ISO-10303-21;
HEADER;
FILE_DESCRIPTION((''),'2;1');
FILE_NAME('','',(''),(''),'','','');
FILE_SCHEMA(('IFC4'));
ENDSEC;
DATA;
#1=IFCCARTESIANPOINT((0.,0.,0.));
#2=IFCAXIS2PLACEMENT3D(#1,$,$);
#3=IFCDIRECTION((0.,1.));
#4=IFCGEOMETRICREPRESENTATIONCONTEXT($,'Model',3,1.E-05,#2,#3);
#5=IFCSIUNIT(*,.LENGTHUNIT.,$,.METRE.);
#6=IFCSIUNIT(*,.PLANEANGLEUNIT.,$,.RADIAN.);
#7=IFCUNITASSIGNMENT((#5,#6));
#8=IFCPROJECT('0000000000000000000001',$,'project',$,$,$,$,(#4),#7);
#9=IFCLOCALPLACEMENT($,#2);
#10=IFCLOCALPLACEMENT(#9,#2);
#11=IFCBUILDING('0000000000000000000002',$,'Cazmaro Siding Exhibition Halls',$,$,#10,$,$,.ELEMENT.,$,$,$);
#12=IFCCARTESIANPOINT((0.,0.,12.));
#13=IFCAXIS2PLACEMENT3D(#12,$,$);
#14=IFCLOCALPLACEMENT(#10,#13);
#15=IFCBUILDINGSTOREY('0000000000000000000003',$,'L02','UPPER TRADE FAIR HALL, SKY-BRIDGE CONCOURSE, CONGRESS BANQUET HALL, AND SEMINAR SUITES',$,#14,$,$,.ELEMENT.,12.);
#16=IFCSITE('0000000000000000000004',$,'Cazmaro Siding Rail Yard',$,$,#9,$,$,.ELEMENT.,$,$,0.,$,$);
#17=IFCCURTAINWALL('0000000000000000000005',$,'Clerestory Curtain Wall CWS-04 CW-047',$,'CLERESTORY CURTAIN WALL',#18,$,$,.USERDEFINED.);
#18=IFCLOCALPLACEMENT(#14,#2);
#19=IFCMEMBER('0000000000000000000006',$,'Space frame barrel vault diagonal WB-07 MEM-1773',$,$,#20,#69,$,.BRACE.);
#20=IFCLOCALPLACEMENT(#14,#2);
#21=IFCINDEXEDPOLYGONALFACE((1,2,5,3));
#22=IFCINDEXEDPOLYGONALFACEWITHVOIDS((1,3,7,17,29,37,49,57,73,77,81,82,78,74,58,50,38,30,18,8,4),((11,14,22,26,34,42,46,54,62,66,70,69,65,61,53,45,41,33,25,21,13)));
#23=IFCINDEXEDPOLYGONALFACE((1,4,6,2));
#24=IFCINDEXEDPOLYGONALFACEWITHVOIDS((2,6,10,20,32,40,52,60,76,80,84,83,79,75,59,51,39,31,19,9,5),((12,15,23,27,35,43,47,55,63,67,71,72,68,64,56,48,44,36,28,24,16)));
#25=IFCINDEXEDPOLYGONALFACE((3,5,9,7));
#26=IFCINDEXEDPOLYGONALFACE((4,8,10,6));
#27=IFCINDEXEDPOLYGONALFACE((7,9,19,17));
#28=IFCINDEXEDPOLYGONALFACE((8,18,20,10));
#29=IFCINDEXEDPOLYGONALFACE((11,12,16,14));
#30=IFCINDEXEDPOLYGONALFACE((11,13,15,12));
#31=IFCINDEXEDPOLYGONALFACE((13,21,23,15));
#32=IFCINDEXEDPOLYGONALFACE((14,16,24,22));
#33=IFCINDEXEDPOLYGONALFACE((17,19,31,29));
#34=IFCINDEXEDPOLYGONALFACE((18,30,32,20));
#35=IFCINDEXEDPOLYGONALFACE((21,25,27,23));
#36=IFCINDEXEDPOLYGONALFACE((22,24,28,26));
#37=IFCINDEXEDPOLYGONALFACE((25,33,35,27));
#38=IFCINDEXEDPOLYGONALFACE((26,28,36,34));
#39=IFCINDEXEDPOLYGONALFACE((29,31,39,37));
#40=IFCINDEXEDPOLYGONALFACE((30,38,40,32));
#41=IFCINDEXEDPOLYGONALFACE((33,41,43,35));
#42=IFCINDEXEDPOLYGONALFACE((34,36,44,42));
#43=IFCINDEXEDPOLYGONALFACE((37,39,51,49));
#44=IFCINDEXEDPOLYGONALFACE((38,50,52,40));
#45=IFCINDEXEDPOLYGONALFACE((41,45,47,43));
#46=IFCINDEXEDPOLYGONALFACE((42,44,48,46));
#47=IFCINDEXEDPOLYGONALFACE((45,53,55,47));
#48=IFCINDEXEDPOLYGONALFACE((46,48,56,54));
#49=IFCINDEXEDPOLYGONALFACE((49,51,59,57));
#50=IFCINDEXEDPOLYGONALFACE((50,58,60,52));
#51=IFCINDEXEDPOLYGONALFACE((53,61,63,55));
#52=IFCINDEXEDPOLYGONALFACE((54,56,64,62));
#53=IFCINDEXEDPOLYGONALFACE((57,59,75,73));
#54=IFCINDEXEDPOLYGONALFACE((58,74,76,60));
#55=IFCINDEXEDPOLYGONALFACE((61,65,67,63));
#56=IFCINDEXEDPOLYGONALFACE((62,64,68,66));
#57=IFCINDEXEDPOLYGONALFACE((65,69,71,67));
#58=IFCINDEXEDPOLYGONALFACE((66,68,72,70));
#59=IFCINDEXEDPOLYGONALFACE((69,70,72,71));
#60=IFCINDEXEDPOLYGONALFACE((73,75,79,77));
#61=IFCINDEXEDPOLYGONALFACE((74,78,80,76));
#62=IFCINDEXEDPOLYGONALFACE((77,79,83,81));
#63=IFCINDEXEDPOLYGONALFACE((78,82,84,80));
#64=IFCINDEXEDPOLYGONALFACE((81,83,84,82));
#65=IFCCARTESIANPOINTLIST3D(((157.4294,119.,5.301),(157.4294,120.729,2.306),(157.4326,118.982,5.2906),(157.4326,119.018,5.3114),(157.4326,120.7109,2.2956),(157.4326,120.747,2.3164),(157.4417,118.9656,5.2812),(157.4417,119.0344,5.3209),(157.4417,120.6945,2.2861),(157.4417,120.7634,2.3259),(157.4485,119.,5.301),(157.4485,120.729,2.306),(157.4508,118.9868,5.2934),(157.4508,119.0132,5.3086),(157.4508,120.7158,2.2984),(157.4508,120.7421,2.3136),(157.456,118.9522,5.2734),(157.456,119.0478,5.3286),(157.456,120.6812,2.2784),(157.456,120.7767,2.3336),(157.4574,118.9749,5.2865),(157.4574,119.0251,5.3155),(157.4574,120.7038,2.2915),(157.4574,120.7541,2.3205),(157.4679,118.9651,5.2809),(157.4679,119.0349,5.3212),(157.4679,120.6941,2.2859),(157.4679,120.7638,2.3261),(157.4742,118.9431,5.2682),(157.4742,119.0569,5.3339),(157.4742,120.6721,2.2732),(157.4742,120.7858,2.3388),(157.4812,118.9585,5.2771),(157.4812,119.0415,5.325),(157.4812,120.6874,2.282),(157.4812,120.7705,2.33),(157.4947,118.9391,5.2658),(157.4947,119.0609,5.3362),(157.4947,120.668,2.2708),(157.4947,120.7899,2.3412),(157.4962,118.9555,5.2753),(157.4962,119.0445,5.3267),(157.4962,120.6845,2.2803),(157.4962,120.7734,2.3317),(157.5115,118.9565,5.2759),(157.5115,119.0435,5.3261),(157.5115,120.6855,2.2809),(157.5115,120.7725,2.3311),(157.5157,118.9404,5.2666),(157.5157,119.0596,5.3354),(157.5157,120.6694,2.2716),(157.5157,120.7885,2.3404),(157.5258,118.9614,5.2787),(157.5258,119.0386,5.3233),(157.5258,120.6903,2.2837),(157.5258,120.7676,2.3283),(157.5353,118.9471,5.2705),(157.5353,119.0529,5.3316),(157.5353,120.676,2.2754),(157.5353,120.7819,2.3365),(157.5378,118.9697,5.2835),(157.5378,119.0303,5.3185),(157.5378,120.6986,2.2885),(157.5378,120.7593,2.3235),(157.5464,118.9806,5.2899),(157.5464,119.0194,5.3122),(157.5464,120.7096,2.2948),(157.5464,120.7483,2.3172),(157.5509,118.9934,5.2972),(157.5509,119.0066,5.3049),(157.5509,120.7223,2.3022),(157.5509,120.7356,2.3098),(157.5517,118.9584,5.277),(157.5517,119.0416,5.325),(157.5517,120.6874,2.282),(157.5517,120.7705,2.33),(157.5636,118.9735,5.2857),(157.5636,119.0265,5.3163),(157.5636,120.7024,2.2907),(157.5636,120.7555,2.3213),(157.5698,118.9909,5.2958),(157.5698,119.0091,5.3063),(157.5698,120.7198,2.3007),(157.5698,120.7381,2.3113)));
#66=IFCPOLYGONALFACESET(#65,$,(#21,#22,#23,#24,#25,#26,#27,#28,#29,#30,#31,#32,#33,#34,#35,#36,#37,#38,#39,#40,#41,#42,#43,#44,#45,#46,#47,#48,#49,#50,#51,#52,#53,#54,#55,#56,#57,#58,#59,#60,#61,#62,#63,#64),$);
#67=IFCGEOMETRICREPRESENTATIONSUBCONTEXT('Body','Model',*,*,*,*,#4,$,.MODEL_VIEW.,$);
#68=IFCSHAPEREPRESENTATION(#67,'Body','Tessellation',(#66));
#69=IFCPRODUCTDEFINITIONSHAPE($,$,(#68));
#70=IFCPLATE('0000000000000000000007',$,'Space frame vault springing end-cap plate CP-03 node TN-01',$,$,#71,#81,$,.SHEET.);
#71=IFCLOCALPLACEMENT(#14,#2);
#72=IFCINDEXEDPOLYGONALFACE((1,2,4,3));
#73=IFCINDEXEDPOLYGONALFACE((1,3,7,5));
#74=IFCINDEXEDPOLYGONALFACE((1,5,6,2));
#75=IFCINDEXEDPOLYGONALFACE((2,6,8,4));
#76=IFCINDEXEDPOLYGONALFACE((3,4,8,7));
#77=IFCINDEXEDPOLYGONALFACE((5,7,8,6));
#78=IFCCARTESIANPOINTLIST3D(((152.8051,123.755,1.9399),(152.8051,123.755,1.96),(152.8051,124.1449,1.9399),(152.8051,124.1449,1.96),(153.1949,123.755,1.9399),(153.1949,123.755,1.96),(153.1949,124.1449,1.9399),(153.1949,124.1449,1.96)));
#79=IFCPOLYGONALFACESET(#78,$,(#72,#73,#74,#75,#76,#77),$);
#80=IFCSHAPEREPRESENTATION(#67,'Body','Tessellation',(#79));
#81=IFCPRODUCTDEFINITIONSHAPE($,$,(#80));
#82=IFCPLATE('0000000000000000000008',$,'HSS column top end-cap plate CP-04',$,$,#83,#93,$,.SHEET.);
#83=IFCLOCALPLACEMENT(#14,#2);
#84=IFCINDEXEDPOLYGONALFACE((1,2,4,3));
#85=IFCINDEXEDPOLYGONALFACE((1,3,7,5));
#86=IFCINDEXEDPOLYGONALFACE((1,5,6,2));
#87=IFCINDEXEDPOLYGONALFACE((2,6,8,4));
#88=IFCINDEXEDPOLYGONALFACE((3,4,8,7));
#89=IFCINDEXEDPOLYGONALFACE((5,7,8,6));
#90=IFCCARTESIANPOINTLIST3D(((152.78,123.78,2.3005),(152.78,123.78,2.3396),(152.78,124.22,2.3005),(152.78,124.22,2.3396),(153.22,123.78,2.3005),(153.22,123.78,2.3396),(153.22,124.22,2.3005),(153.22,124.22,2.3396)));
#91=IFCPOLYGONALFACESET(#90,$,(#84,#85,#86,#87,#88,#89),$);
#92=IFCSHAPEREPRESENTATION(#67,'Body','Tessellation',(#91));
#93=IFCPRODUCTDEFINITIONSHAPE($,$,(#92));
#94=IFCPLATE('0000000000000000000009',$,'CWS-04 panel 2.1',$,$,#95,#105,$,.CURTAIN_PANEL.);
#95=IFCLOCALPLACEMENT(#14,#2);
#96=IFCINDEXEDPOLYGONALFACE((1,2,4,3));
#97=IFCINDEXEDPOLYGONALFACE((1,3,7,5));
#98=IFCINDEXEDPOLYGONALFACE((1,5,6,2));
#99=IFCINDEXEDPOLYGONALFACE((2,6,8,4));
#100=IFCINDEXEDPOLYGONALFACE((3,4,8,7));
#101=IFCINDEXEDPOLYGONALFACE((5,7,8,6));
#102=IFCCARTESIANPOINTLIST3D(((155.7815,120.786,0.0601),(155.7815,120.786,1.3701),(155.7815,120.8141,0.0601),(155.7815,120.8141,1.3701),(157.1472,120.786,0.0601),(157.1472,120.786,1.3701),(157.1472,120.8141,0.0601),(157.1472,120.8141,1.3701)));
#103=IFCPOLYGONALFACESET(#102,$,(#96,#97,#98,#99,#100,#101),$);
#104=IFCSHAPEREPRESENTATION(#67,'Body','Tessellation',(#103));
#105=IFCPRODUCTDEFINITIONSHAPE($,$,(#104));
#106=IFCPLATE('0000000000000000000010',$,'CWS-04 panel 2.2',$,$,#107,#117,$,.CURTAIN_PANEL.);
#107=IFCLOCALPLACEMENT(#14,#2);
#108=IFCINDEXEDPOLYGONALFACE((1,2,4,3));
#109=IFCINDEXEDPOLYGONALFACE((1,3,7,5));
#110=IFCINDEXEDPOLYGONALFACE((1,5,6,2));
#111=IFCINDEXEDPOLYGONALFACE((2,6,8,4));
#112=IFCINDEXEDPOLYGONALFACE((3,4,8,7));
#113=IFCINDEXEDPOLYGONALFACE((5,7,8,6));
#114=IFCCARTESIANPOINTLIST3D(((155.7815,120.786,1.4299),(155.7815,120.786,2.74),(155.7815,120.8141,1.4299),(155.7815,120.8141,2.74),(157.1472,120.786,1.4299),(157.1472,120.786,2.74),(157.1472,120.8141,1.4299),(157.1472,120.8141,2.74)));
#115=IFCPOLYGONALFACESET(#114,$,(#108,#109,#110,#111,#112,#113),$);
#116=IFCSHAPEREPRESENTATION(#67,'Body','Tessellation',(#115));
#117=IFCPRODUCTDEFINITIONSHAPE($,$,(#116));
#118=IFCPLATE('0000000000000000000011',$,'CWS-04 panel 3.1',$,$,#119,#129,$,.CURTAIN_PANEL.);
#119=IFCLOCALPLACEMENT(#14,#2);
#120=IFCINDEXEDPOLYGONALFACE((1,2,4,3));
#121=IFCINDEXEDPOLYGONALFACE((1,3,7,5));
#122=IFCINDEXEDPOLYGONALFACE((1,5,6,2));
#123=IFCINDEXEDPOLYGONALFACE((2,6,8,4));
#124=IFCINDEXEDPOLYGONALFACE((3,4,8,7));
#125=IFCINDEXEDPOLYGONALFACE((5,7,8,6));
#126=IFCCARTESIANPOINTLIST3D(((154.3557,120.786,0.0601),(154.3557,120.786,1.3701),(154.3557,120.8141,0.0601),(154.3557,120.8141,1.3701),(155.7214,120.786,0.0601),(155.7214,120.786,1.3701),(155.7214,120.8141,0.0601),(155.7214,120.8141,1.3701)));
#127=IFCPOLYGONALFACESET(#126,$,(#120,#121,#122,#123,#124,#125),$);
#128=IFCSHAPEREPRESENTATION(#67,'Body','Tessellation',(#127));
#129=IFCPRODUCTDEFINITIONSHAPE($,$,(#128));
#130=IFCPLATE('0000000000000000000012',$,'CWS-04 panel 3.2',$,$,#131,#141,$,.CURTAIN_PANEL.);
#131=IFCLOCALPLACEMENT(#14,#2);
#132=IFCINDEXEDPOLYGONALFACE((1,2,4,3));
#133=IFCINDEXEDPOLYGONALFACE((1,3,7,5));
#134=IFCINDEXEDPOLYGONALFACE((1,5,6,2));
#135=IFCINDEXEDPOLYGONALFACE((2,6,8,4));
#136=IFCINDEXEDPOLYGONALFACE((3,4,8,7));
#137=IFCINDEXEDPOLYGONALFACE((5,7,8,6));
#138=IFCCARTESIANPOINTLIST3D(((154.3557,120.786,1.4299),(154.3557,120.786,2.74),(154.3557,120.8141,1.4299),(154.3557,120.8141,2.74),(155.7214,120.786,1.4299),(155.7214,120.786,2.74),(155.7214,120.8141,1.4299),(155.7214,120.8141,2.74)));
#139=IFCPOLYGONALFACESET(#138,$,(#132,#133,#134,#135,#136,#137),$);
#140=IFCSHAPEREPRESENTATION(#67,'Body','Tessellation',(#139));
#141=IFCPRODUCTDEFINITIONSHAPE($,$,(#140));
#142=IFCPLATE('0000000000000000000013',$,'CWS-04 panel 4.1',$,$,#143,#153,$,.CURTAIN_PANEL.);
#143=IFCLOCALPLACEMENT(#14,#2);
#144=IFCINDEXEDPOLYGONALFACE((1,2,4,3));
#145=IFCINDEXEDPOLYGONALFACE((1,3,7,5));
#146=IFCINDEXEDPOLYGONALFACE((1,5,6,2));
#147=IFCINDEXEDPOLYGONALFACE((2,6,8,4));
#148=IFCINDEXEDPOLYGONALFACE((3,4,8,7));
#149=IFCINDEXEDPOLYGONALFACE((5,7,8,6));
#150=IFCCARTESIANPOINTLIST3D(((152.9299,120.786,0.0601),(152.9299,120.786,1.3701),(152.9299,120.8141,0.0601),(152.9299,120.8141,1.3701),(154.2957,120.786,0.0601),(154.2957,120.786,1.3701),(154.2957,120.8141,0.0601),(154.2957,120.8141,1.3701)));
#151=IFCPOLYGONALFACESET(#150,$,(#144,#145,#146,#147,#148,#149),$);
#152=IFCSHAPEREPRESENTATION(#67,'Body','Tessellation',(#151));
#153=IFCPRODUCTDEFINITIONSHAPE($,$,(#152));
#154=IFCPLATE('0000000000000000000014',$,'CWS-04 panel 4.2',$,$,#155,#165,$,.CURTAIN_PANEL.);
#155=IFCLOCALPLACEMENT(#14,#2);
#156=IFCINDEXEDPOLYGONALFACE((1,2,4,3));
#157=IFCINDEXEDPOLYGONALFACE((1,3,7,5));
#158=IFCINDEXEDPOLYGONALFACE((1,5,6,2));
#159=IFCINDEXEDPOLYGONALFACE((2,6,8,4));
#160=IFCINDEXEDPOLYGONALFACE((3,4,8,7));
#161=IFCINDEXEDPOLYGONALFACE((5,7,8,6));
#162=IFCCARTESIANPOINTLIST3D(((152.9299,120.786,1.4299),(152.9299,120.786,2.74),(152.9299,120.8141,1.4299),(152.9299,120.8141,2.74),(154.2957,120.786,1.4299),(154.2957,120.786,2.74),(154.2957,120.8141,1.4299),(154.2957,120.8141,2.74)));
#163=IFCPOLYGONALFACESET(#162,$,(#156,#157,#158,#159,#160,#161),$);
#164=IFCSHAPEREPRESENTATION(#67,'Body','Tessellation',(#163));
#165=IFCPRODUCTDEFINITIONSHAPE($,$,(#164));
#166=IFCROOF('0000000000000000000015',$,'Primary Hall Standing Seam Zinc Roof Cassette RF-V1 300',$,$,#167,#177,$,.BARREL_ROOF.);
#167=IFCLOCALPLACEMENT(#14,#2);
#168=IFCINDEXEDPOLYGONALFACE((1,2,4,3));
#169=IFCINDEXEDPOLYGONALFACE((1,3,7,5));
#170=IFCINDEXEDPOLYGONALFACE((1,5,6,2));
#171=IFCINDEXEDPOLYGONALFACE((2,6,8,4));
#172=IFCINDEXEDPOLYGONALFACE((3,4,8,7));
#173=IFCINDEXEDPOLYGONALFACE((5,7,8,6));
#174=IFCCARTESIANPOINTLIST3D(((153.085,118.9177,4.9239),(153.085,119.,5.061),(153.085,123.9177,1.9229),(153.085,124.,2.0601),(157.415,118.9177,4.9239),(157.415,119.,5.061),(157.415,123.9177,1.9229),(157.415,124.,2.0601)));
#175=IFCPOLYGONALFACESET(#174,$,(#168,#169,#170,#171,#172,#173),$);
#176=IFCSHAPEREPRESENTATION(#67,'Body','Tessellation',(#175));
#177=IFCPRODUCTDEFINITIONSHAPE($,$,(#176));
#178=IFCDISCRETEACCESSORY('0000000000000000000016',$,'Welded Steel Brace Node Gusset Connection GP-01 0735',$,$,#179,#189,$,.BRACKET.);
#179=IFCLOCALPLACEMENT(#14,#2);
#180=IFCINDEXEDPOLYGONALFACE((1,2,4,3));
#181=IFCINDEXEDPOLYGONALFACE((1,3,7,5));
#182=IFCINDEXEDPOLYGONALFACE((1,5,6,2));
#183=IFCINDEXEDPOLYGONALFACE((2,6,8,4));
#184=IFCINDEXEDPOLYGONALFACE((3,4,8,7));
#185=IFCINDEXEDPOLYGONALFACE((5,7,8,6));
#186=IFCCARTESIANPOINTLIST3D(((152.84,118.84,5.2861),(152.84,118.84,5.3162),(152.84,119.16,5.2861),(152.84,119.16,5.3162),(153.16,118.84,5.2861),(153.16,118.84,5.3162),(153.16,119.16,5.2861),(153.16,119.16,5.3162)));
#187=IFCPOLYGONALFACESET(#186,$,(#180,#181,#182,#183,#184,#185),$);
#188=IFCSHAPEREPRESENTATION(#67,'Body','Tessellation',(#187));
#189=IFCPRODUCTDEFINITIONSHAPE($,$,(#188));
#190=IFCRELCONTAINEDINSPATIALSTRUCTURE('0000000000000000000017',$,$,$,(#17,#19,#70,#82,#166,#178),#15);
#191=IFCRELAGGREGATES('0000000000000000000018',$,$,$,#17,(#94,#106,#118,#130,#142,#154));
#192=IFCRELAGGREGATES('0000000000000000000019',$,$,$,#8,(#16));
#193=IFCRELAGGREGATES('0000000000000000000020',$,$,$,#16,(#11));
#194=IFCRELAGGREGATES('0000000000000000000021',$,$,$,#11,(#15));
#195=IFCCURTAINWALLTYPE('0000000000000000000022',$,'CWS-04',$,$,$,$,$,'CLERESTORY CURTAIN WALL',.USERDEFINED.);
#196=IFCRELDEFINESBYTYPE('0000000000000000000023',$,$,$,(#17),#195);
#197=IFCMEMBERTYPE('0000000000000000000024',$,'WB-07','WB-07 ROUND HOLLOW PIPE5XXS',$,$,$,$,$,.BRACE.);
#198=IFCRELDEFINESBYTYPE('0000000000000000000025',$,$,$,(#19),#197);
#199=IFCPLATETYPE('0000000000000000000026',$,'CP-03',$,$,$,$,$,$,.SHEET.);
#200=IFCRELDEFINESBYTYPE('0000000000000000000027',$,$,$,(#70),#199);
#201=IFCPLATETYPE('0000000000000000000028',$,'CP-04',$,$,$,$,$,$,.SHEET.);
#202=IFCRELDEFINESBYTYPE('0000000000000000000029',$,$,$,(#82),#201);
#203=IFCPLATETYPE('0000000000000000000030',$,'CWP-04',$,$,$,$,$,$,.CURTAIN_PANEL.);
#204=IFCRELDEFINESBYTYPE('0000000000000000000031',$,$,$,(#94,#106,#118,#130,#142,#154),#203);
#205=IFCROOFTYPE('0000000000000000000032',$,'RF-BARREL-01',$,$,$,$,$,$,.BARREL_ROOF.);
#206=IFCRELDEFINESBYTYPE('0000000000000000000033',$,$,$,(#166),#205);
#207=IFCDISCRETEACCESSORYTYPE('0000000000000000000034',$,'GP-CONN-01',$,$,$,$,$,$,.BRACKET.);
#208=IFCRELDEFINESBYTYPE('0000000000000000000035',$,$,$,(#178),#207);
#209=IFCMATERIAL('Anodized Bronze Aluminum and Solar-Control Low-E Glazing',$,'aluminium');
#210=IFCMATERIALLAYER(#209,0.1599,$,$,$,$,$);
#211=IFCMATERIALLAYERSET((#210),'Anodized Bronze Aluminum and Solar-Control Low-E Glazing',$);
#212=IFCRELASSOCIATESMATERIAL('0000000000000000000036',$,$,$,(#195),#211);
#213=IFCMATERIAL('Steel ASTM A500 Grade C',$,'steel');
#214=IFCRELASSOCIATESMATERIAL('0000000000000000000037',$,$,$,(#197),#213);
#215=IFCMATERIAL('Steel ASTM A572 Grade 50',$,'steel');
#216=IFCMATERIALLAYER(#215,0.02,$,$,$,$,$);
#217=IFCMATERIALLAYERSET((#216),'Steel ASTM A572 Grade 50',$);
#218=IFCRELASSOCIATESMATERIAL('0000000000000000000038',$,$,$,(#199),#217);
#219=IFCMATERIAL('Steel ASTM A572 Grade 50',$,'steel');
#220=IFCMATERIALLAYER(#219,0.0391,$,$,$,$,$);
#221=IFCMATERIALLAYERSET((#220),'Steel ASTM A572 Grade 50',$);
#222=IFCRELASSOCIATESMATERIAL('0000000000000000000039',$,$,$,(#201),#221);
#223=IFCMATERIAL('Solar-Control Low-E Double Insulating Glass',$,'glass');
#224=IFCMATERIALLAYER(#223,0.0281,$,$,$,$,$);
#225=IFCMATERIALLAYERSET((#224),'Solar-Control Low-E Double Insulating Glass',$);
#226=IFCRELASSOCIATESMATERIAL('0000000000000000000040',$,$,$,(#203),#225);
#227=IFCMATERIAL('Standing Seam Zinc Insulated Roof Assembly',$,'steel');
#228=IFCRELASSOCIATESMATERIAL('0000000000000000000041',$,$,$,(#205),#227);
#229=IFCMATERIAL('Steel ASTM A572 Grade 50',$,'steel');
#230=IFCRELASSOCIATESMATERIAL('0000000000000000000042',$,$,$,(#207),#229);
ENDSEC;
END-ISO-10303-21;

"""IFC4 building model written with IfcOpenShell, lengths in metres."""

from ifc_helpers import new_model, si_unit, direction, frame, origin, origin_2d, place, context, subcontext, project, spatial, polyline, rectangle, hollow_circle, outline, extrude, material, layer, layer_set, material_profile, profile_set, type_object, element, aggregate, save


model = new_model("IFC4")

# Units and contexts
model_context = context("Model", 3, precision=1e-05, world=origin(), true_north=direction((0.0, 1.0)))
body_context = subcontext(model_context, "Body", "Model", "MODEL_VIEW")
ifc_project = project(units=[si_unit("LENGTHUNIT", "METRE"), si_unit("PLANEANGLEUNIT", "RADIAN")], contexts=[model_context])

# Site, building, storey
site_placement = place(None, origin())
site = spatial("IfcSite", under=ifc_project, at=site_placement, Name="Cazmaro Siding Rail Yard", CompositionType="ELEMENT", RefElevation=0.0)
building_placement = place(site_placement, origin())
building = spatial("IfcBuilding", under=site, at=building_placement, Name="Cazmaro Siding Exhibition Halls", CompositionType="ELEMENT")
storey_placement = place(building_placement, frame((0.0, 0.0, 12.0)))
storey = spatial("IfcBuildingStorey", under=building, at=storey_placement, Name="L02", Description="UPPER TRADE FAIR HALL, SKY-BRIDGE CONCOURSE, CONGRESS BANQUET HALL, AND SEMINAR SUITES", CompositionType="ELEMENT", Elevation=12.0)

# Curtain wall
ifc_material_1 = material(Name="Anodized Bronze Aluminum and Solar-Control Low-E Glazing", Category="aluminium")
ifc_layer_1 = layer(ifc_material_1, 0.1599)
ifc_layer_set_1 = layer_set([ifc_layer_1], Name="Anodized Bronze Aluminum and Solar-Control Low-E Glazing")
curtain_wall_type = type_object("IfcCurtainWallType", Name="CWS-04", ElementType="CLERESTORY CURTAIN WALL", PredefinedType="USERDEFINED", material=ifc_layer_set_1)
curtain_wall_placement = place(storey_placement, origin())
curtain_wall = element("IfcCurtainWall", 1, at=curtain_wall_placement, inside=storey, type_object=curtain_wall_type, Name="Clerestory Curtain Wall CWS-04 CW-047", ObjectType="CLERESTORY CURTAIN WALL", PredefinedType="USERDEFINED")

# Member
ifc_material_2 = material(Name="Steel ASTM A500 Grade C", Category="steel")
ifc_material_profile_1 = material_profile(ifc_material_2, hollow_circle(Radius=0.0706, WallThickness=0.019, at=origin_2d()), Name="PIPE5XXS")
ifc_profile_set_1 = profile_set([ifc_material_profile_1], Name="Steel ASTM A500 Grade C")
member_type_1 = type_object("IfcMemberType", Name="WB-07", Description="WB-07 ROUND HOLLOW PIPE5XXS", PredefinedType="BRACE", material=ifc_profile_set_1)
member_1_placement = place(storey_placement, frame((157.5, 119.0, 5.301), z_axis=(0.0, 0.499951, -0.866054), x_axis=(-1.0, 0.0, 0.0)))
element("IfcMember", 2, at=member_1_placement, inside=storey, type_object=member_type_1, Name="Space frame barrel vault diagonal WB-07 MEM-1773", PredefinedType="BRACE", context=body_context, shape_type="SweptSolid", body=[
    extrude(hollow_circle(Radius=0.0706, WallThickness=0.019, at=origin_2d()), origin(), (0.0, 0.0, 1.0), 3.4583),
])

# Plates
ifc_material_3 = material(Name="Steel ASTM A572 Grade 50", Category="steel")
ifc_layer_2 = layer(ifc_material_3, 0.02)
ifc_layer_set_2 = layer_set([ifc_layer_2], Name="Steel ASTM A572 Grade 50")
plate_type_1 = type_object("IfcPlateType", Name="CP-03", PredefinedType="SHEET", material=ifc_layer_set_2)
plate_1_placement = place(storey_placement, frame((153.0, 123.95, 1.9399), z_axis=(0.0, 0.0, 1.0), x_axis=(1.0, 0.0, 0.0)))
element("IfcPlate", 3, at=plate_1_placement, inside=storey, type_object=plate_type_1, Name="Space frame vault springing end-cap plate CP-03 node TN-01", PredefinedType="SHEET", context=body_context, shape_type="SweptSolid", body=[
    extrude(rectangle(XDim=0.3899, YDim=0.3899, at=origin_2d()), origin(), (0.0, 0.0, 1.0), 0.02),
])
ifc_material_4 = material(Name="Steel ASTM A572 Grade 50", Category="steel")
ifc_layer_3 = layer(ifc_material_4, 0.0391)
ifc_layer_set_3 = layer_set([ifc_layer_3], Name="Steel ASTM A572 Grade 50")
plate_type_2 = type_object("IfcPlateType", Name="CP-04", PredefinedType="SHEET", material=ifc_layer_set_3)
plate_2_placement = place(storey_placement, frame((153.0, 124.0, 2.3005), z_axis=(0.0, 0.0, 1.0), x_axis=(1.0, 0.0, 0.0)))
element("IfcPlate", 4, at=plate_2_placement, inside=storey, type_object=plate_type_2, Name="HSS column top end-cap plate CP-04", PredefinedType="SHEET", context=body_context, shape_type="SweptSolid", body=[
    extrude(rectangle(XDim=0.4399, YDim=0.4399, at=origin_2d()), origin(), (0.0, 0.0, 1.0), 0.0391),
])

# Plates
ifc_material_5 = material(Name="Solar-Control Low-E Double Insulating Glass", Category="glass")
ifc_layer_4 = layer(ifc_material_5, 0.0281)
ifc_layer_set_4 = layer_set([ifc_layer_4], Name="Solar-Control Low-E Double Insulating Glass")
plate_type_3 = type_object("IfcPlateType", Name="CWP-04", PredefinedType="CURTAIN_PANEL", material=ifc_layer_set_4)
plate_3_placement = place(storey_placement, frame((156.4644, 120.8, 0.0601), z_axis=(0.0, 0.0, 1.0), x_axis=(-1.0, 0.0, 0.0)))
plate_3 = element("IfcPlate", 5, at=plate_3_placement, type_object=plate_type_3, Name="CWS-04 panel 2.1", PredefinedType="CURTAIN_PANEL", context=body_context, shape_type="SweptSolid", body=[
    extrude(rectangle(XDim=1.3657, YDim=0.0281, at=origin_2d()), origin(), (0.0, 0.0, 1.0), 1.3101),
])
plate_4_placement = place(storey_placement, frame((156.4644, 120.8, 1.4299), z_axis=(0.0, 0.0, 1.0), x_axis=(-1.0, 0.0, 0.0)))
plate_4 = element("IfcPlate", 6, at=plate_4_placement, type_object=plate_type_3, Name="CWS-04 panel 2.2", PredefinedType="CURTAIN_PANEL", context=body_context, shape_type="SweptSolid", body=[
    extrude(rectangle(XDim=1.3657, YDim=0.0281, at=origin_2d()), origin(), (0.0, 0.0, 1.0), 1.3101),
])
plate_5_placement = place(storey_placement, frame((155.0386, 120.8, 0.0601), z_axis=(0.0, 0.0, 1.0), x_axis=(-1.0, 0.0, 0.0)))
plate_5 = element("IfcPlate", 7, at=plate_5_placement, type_object=plate_type_3, Name="CWS-04 panel 3.1", PredefinedType="CURTAIN_PANEL", context=body_context, shape_type="SweptSolid", body=[
    extrude(rectangle(XDim=1.3657, YDim=0.0281, at=origin_2d()), origin(), (0.0, 0.0, 1.0), 1.3101),
])
plate_6_placement = place(storey_placement, frame((155.0386, 120.8, 1.4299), z_axis=(0.0, 0.0, 1.0), x_axis=(-1.0, 0.0, 0.0)))
plate_6 = element("IfcPlate", 8, at=plate_6_placement, type_object=plate_type_3, Name="CWS-04 panel 3.2", PredefinedType="CURTAIN_PANEL", context=body_context, shape_type="SweptSolid", body=[
    extrude(rectangle(XDim=1.3657, YDim=0.0281, at=origin_2d()), origin(), (0.0, 0.0, 1.0), 1.3101),
])
plate_7_placement = place(storey_placement, frame((153.6128, 120.8, 0.0601), z_axis=(0.0, 0.0, 1.0), x_axis=(-1.0, 0.0, 0.0)))
plate_7 = element("IfcPlate", 9, at=plate_7_placement, type_object=plate_type_3, Name="CWS-04 panel 4.1", PredefinedType="CURTAIN_PANEL", context=body_context, shape_type="SweptSolid", body=[
    extrude(rectangle(XDim=1.3657, YDim=0.0281, at=origin_2d()), origin(), (0.0, 0.0, 1.0), 1.3101),
])
plate_8_placement = place(storey_placement, frame((153.6128, 120.8, 1.4299), z_axis=(0.0, 0.0, 1.0), x_axis=(-1.0, 0.0, 0.0)))
plate_8 = element("IfcPlate", 10, at=plate_8_placement, type_object=plate_type_3, Name="CWS-04 panel 4.2", PredefinedType="CURTAIN_PANEL", context=body_context, shape_type="SweptSolid", body=[
    extrude(rectangle(XDim=1.3657, YDim=0.0281, at=origin_2d()), origin(), (0.0, 0.0, 1.0), 1.3101),
])
aggregate(curtain_wall, [plate_3, plate_4, plate_5, plate_6, plate_7, plate_8])

# Roof
ifc_material_6 = material(Name="Standing Seam Zinc Insulated Roof Assembly", Category="steel")
roof_type = type_object("IfcRoofType", Name="RF-BARREL-01", PredefinedType="BARREL_ROOF", material=ifc_material_6)
roof_placement = place(storey_placement, frame((153.085, 119.0, 5.061), z_axis=(0.0, 0.514619, 0.857419), x_axis=(1.0, 0.0, 0.0)))
element("IfcRoof", 11, at=roof_placement, inside=storey, type_object=roof_type, Name="Primary Hall Standing Seam Zinc Roof Cassette RF-V1 300", PredefinedType="BARREL_ROOF", context=body_context, shape_type="SweptSolid", body=[
    extrude(outline(polyline([(0.0, 0.0), (4.3301, 0.0), (4.3301, 5.8315), (0.0, 5.8315), (0.0, 0.0)])), origin(), (0.0, 0.0, -1.0), 0.1599),
])

# Discrete accessory
ifc_material_7 = material(Name="Steel ASTM A572 Grade 50", Category="steel")
discrete_accessory_type = type_object("IfcDiscreteAccessoryType", Name="GP-CONN-01", PredefinedType="BRACKET", material=ifc_material_7)
for number, where, z_axis, x_axis, name in (
    (12, (153.0, 119.0, 5.2861), (0.0, 0.0, 1.0), (1.0, 0.0, 0.0), "Welded Steel Brace Node Gusset Connection GP-01 0735"),
):
    element("IfcDiscreteAccessory", number, at=place(storey_placement, frame(where, z_axis=z_axis, x_axis=x_axis)), inside=storey, type_object=discrete_accessory_type, Name=name, PredefinedType="BRACKET", context=body_context, shape_type="SweptSolid", body=[
        extrude(rectangle(XDim=0.3201, YDim=0.3201, at=origin_2d()), origin(), (0.0, 0.0, 1.0), 0.03),
    ])

save(model, "model.ifc")
